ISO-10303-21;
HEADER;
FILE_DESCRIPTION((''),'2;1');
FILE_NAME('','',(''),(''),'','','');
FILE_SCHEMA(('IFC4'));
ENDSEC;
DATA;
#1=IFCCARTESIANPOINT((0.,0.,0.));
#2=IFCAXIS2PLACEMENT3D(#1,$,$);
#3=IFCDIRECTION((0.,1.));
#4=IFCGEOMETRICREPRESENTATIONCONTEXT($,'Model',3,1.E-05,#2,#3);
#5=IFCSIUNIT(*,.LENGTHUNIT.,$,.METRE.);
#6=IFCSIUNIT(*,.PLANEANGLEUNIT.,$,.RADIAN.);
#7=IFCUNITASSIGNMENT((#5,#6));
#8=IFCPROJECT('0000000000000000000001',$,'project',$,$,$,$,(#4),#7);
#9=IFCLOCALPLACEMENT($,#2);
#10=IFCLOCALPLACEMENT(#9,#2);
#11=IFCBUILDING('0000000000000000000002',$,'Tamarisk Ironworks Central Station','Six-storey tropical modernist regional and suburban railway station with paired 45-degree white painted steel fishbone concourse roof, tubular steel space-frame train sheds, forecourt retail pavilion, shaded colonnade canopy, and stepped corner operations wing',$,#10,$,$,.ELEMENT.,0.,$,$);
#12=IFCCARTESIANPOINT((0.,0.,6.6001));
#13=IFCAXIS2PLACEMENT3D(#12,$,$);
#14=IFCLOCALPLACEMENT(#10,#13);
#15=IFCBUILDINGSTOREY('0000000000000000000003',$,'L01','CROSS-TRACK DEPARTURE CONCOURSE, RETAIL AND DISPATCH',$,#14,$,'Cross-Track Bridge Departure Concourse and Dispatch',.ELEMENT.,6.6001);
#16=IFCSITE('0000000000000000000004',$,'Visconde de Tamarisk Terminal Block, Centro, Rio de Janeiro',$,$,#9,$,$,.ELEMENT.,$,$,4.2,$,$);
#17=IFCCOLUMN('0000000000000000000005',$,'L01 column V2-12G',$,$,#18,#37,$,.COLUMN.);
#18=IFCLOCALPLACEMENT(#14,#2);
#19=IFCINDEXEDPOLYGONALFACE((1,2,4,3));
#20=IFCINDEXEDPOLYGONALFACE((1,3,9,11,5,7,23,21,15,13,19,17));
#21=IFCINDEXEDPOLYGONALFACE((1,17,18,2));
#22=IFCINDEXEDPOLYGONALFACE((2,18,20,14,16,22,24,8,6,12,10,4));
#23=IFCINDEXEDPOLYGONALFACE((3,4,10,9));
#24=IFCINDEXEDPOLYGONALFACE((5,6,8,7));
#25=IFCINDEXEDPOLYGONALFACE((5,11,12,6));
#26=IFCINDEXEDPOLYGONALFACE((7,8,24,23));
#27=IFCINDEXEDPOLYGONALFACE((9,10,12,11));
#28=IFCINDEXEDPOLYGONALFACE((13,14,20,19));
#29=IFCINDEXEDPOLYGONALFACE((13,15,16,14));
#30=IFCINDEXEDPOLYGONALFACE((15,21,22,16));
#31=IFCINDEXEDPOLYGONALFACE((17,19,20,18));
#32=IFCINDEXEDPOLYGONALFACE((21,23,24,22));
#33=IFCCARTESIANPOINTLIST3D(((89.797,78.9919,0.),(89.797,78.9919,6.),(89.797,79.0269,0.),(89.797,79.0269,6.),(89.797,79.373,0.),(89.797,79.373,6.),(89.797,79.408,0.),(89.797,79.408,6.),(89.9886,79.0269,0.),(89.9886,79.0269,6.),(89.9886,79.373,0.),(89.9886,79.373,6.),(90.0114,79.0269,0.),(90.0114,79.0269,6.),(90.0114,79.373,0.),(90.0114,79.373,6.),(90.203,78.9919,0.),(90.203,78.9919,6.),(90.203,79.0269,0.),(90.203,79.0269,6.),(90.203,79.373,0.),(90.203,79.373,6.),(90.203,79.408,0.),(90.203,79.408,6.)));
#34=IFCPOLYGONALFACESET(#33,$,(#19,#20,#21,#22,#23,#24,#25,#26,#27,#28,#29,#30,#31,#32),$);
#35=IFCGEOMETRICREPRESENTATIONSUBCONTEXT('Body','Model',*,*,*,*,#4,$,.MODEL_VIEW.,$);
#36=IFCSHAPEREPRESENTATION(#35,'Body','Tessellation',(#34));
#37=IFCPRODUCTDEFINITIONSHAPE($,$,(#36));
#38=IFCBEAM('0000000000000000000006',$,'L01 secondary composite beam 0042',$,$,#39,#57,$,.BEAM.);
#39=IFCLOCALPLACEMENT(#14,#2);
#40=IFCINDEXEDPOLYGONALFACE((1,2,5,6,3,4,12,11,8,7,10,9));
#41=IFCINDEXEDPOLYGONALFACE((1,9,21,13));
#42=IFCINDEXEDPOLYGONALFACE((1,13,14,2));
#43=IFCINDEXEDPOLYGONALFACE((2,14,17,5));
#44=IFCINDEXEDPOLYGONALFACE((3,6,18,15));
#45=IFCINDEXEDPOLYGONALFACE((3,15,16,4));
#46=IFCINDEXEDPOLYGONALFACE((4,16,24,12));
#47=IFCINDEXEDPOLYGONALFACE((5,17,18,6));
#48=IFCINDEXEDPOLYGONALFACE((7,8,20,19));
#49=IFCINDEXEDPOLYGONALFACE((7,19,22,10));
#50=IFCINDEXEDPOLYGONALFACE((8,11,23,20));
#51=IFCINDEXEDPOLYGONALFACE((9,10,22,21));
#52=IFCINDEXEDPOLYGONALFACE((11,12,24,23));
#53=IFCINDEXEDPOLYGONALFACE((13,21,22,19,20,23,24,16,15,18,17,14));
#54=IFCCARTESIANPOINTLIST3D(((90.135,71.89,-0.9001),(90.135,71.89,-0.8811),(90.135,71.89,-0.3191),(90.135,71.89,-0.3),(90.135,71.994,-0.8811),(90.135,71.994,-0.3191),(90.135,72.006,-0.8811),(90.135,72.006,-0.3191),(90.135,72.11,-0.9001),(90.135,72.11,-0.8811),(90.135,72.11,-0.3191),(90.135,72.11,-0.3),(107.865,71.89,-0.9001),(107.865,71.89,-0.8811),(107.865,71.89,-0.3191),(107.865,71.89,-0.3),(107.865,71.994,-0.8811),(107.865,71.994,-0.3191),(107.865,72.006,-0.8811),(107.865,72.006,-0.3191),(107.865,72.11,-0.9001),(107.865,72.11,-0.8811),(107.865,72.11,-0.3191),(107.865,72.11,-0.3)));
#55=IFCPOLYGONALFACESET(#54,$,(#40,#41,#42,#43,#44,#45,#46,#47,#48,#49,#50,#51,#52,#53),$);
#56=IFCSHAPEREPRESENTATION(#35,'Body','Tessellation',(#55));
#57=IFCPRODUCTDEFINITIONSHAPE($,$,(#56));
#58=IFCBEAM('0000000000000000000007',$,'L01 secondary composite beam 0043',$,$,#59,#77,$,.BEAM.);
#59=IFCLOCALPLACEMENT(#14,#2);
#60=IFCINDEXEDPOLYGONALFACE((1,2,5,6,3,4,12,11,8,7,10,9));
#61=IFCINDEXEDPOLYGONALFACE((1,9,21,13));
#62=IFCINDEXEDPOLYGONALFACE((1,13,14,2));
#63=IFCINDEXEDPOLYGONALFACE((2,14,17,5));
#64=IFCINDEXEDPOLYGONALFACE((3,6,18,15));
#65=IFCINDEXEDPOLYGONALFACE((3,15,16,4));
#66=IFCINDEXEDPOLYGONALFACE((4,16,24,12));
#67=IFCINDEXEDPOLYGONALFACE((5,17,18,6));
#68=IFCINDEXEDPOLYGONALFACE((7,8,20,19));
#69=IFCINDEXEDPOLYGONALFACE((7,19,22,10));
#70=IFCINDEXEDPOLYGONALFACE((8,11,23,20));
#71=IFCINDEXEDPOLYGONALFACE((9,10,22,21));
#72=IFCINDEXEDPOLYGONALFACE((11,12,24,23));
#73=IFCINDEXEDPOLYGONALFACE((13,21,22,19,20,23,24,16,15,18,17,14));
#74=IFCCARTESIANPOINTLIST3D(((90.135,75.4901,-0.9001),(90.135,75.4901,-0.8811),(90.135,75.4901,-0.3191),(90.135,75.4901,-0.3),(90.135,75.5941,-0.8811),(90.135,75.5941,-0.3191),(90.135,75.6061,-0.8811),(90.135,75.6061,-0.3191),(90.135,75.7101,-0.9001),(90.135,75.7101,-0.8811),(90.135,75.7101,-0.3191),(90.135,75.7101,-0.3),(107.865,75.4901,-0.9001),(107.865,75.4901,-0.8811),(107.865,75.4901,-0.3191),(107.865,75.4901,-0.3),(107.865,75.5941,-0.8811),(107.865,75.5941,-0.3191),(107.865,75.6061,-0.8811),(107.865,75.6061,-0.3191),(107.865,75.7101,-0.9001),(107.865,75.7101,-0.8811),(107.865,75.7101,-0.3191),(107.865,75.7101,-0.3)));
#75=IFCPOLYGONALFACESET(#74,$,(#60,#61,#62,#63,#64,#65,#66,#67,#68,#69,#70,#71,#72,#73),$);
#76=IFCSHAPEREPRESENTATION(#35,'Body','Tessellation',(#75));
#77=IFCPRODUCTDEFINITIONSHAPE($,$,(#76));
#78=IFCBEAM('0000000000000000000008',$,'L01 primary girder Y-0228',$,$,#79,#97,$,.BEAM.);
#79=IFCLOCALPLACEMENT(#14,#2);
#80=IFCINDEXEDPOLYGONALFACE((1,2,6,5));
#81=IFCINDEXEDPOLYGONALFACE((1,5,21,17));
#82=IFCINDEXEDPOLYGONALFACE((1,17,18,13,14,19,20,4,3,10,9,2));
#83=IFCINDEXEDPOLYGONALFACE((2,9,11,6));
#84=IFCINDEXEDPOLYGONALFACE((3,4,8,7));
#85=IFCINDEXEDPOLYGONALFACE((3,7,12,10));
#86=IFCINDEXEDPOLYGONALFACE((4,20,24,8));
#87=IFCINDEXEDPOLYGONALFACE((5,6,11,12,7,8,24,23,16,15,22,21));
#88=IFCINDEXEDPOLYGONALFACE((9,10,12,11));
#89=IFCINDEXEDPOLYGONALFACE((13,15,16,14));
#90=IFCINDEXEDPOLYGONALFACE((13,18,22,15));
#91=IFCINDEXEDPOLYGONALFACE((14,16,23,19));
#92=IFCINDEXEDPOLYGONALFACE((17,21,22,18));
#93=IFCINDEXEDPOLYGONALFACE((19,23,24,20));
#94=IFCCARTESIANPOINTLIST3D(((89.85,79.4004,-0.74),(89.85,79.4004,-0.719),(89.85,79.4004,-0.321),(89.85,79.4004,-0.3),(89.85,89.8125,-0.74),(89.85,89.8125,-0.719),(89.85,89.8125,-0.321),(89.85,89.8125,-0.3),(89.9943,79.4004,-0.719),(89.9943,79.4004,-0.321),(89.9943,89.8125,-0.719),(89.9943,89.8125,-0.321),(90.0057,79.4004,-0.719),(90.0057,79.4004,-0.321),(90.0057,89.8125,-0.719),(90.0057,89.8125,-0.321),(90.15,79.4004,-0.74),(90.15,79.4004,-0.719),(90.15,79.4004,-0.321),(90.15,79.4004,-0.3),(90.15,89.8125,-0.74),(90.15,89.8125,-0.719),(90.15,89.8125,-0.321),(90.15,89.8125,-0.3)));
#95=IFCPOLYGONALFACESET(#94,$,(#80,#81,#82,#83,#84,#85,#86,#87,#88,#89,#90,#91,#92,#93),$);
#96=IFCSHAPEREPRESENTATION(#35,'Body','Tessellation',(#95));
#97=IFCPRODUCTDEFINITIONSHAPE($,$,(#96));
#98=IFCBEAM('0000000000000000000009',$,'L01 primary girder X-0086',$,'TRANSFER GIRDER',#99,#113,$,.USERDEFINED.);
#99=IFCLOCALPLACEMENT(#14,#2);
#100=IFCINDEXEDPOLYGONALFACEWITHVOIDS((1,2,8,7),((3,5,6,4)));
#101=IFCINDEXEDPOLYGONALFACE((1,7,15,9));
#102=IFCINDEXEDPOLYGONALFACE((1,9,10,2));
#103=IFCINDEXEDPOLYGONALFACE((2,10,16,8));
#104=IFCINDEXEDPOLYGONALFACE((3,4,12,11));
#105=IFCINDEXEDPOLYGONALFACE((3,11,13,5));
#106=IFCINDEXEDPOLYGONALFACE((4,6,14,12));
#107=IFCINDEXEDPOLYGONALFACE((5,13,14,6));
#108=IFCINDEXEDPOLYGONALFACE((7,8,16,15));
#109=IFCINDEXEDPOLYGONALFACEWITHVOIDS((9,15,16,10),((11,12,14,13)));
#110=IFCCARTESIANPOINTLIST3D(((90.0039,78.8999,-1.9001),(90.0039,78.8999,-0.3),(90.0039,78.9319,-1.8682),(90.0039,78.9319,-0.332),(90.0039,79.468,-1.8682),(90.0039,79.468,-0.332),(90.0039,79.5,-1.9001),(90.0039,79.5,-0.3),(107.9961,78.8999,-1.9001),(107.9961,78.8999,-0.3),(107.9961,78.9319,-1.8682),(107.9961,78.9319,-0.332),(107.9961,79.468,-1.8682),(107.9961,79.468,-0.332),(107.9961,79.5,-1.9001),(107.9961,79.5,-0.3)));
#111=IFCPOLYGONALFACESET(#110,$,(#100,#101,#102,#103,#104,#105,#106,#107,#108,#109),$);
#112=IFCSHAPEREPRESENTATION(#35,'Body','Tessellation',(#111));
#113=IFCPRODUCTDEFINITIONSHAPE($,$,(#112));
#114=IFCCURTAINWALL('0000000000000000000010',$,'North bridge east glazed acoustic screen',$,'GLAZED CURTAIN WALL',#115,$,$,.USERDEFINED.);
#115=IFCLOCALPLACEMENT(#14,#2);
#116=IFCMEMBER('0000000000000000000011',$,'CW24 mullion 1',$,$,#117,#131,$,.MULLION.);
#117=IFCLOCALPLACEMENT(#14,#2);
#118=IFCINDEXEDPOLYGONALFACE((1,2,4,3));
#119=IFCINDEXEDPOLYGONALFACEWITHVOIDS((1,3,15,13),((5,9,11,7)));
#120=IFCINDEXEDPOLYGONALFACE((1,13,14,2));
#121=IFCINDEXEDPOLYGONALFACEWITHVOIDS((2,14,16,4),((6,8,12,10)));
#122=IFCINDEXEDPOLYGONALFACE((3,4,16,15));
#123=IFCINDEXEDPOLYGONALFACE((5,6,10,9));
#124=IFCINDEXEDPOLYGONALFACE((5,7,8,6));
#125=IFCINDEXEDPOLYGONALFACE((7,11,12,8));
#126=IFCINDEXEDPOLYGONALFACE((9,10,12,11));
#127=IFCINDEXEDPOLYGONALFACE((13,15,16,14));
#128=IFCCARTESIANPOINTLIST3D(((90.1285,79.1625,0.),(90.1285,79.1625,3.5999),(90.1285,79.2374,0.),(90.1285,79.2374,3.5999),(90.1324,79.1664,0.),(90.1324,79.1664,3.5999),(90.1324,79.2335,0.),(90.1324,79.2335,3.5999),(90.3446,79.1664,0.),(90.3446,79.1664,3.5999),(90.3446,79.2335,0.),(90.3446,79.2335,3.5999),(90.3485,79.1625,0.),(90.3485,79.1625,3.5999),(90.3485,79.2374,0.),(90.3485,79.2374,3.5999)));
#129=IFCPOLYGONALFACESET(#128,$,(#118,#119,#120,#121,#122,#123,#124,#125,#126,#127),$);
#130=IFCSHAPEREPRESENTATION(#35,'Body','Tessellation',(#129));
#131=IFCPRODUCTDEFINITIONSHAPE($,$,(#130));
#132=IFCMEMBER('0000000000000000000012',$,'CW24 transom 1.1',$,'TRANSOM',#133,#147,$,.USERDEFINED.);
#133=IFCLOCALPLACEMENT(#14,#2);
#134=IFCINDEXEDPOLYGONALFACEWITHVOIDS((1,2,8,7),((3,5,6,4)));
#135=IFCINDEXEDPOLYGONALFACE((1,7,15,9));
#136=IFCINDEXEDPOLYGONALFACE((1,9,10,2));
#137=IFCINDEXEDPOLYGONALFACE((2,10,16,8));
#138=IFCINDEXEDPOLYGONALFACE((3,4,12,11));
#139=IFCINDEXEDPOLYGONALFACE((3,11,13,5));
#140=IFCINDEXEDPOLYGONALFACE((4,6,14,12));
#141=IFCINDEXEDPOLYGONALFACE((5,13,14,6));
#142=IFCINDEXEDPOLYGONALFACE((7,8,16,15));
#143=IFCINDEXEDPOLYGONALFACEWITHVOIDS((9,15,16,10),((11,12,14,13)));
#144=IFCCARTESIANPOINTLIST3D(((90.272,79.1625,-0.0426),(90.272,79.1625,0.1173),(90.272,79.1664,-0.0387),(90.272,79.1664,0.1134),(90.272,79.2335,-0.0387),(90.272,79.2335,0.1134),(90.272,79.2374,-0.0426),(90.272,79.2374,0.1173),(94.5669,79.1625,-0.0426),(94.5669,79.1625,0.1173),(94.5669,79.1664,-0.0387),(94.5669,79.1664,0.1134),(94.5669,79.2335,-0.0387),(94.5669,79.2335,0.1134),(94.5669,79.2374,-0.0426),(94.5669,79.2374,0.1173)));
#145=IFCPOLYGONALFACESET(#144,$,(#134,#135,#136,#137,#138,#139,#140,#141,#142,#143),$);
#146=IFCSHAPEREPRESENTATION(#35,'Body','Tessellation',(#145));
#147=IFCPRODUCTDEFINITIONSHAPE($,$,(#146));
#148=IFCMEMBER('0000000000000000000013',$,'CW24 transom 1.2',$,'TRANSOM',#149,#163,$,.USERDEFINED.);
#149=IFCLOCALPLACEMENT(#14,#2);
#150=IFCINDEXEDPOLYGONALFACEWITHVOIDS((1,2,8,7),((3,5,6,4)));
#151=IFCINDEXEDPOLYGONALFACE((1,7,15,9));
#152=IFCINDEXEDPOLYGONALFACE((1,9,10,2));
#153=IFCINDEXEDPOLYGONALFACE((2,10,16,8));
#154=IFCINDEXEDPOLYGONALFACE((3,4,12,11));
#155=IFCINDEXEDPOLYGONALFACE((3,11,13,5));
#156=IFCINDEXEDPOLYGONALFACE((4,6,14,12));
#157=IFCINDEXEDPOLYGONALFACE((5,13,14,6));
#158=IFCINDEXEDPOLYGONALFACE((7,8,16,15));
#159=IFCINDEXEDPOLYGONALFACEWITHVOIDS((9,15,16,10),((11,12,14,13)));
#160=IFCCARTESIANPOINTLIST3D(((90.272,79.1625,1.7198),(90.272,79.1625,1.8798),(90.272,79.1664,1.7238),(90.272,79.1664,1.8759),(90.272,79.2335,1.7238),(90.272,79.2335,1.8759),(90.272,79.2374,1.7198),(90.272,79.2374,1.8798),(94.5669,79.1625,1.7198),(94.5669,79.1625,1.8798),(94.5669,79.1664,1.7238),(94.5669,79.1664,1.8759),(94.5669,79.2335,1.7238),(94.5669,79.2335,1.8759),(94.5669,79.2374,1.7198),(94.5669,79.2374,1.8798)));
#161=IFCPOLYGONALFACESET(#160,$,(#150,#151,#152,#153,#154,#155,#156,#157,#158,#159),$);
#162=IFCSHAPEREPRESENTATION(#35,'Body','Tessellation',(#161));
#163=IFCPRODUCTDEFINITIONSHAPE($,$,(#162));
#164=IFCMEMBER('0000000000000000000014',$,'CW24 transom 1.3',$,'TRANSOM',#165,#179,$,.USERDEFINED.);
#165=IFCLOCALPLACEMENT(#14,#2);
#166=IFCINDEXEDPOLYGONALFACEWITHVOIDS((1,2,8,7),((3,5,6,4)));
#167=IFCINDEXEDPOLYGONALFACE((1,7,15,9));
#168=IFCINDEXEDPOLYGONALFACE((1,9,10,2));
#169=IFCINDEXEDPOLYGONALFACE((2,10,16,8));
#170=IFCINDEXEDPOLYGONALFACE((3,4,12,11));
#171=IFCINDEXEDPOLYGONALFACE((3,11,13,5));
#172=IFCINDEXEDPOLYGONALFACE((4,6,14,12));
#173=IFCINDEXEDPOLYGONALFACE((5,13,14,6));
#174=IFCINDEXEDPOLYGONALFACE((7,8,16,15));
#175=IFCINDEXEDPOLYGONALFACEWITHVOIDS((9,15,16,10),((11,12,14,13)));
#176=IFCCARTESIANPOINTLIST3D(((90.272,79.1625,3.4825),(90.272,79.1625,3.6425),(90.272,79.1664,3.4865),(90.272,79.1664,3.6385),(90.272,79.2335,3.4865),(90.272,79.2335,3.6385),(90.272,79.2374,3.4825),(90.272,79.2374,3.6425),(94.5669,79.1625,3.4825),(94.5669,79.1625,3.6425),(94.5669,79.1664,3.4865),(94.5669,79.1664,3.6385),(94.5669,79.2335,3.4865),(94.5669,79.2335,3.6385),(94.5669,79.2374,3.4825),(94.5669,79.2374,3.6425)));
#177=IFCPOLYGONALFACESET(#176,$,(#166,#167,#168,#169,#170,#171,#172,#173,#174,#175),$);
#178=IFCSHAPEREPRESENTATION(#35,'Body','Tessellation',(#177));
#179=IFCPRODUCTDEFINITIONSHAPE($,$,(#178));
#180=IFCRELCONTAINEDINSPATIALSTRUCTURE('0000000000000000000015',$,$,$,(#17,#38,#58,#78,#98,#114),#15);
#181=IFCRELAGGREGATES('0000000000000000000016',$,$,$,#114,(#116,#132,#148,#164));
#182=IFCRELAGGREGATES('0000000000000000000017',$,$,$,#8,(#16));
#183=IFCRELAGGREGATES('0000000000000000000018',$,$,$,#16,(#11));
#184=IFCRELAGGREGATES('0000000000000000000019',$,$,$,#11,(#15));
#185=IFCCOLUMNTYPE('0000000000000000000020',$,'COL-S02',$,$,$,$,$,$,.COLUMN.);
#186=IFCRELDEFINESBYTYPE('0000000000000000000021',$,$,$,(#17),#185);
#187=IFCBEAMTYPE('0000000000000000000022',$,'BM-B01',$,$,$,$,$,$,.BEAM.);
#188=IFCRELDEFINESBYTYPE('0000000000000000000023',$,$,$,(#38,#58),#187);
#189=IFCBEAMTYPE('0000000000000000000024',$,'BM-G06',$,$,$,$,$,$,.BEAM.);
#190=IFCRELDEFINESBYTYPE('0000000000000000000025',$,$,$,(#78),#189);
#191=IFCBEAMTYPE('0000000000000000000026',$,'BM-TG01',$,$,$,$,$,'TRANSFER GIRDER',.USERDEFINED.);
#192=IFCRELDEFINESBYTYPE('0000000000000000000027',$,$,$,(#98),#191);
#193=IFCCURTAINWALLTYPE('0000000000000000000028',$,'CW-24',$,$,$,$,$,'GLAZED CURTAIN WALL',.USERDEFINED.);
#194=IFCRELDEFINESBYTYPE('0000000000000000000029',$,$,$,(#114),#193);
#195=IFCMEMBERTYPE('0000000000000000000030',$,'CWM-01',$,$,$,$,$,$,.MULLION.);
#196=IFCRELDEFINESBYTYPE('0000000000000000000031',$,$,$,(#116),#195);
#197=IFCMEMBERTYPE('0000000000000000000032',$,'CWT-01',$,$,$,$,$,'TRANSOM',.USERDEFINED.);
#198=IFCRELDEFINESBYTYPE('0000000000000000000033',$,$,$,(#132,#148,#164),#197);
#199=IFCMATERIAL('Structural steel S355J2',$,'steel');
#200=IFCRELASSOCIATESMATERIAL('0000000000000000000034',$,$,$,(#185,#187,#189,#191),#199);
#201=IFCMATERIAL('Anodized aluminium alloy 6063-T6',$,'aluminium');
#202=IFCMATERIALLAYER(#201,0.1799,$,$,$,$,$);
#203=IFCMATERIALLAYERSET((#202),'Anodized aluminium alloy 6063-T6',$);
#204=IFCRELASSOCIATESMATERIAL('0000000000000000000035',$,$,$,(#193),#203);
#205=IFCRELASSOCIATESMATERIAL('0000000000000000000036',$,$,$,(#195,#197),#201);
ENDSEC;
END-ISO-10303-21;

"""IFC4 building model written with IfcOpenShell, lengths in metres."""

from ifc_helpers import new_model, si_unit, direction, frame, origin, origin_2d, place, context, subcontext, project, spatial, hollow_rectangle, i_section, extrude, material, layer, layer_set, material_profile, profile_set, type_object, element, aggregate, save


model = new_model("IFC4")

# Units and contexts
model_context = context("Model", 3, precision=1e-05, world=origin(), true_north=direction((0.0, 1.0)))
body_context = subcontext(model_context, "Body", "Model", "MODEL_VIEW")
ifc_project = project(units=[si_unit("LENGTHUNIT", "METRE"), si_unit("PLANEANGLEUNIT", "RADIAN")], contexts=[model_context])

# Site, building, storey
site_placement = place(None, origin())
site = spatial("IfcSite", under=ifc_project, at=site_placement, Name="Visconde de Tamarisk Terminal Block, Centro, Rio de Janeiro", CompositionType="ELEMENT", RefElevation=4.2)
building_placement = place(site_placement, origin())
building = spatial("IfcBuilding", under=site, at=building_placement, Name="Tamarisk Ironworks Central Station", Description="Six-storey tropical modernist regional and suburban railway station with paired 45-degree white painted steel fishbone concourse roof, tubular steel space-frame train sheds, forecourt retail pavilion, shaded colonnade canopy, and stepped corner operations wing", CompositionType="ELEMENT", ElevationOfRefHeight=0.0)
storey_placement = place(building_placement, frame((0.0, 0.0, 6.6001)))
storey = spatial("IfcBuildingStorey", under=building, at=storey_placement, Name="L01", Description="CROSS-TRACK DEPARTURE CONCOURSE, RETAIL AND DISPATCH", LongName="Cross-Track Bridge Departure Concourse and Dispatch", CompositionType="ELEMENT", Elevation=6.6001)

# Column
ifc_material_1 = material(Name="Structural steel S355J2", Category="steel")
ifc_material_profile_1 = material_profile(ifc_material_1, i_section(OverallWidth=0.406, OverallDepth=0.416, WebThickness=0.0227, FlangeThickness=0.0349, at=origin_2d()), Name="HD 400x382")
ifc_profile_set_1 = profile_set([ifc_material_profile_1], Name="Structural steel S355J2")
column_type = type_object("IfcColumnType", Name="COL-S02", PredefinedType="COLUMN", material=ifc_profile_set_1)
column_placement = place(storey_placement, frame((90.0, 79.2, 0.0), z_axis=(0.0, 0.0, 1.0), x_axis=(1.0, 0.0, 0.0)))
element("IfcColumn", 1, at=column_placement, inside=storey, type_object=column_type, Name="L01 column V2-12G", PredefinedType="COLUMN", context=body_context, shape_type="SweptSolid", body=[
    extrude(i_section(OverallWidth=0.406, OverallDepth=0.416, WebThickness=0.0227, FlangeThickness=0.0349, at=origin_2d()), origin(), (0.0, 0.0, 1.0), 6.0),
])

# Beams
ifc_material_profile_2 = material_profile(ifc_material_1, i_section(OverallWidth=0.22, OverallDepth=0.6001, WebThickness=0.012, FlangeThickness=0.019, at=origin_2d()), Name="IPE 600")
ifc_profile_set_2 = profile_set([ifc_material_profile_2], Name="Structural steel S355J2")
beam_type_1 = type_object("IfcBeamType", Name="BM-B01", PredefinedType="BEAM", material=ifc_profile_set_2)
for number, where, z_axis, x_axis, name in (
    (2, (90.135, 72.0, -0.6001), (1.0, 0.0, 0.0), (0.0, 1.0, 0.0), "L01 secondary composite beam 0042"),
    (3, (90.135, 75.6001, -0.6001), (1.0, 0.0, 0.0), (0.0, 1.0, 0.0), "L01 secondary composite beam 0043"),
):
    element("IfcBeam", number, at=place(storey_placement, frame(where, z_axis=z_axis, x_axis=x_axis)), inside=storey, type_object=beam_type_1, Name=name, PredefinedType="BEAM", context=body_context, shape_type="SweptSolid", body=[
        extrude(i_section(OverallWidth=0.22, OverallDepth=0.6001, WebThickness=0.012, FlangeThickness=0.019, at=origin_2d()), origin(), (0.0, 0.0, 1.0), 17.73),
    ])
ifc_material_profile_3 = material_profile(ifc_material_1, i_section(OverallWidth=0.3, OverallDepth=0.4399, WebThickness=0.0115, FlangeThickness=0.021, at=origin_2d()), Name="HEA 450")
ifc_profile_set_3 = profile_set([ifc_material_profile_3], Name="Structural steel S355J2")
beam_type_2 = type_object("IfcBeamType", Name="BM-G06", PredefinedType="BEAM", material=ifc_profile_set_3)
beam_1_placement = place(storey_placement, frame((90.0, 79.4004, -0.52), z_axis=(0.0, 1.0, 0.0), x_axis=(-1.0, 0.0, 0.0)))
element("IfcBeam", 4, at=beam_1_placement, inside=storey, type_object=beam_type_2, Name="L01 primary girder Y-0228", PredefinedType="BEAM", context=body_context, shape_type="SweptSolid", body=[
    extrude(i_section(OverallWidth=0.3, OverallDepth=0.4399, WebThickness=0.0115, FlangeThickness=0.021, at=origin_2d()), origin(), (0.0, 0.0, 1.0), 10.4121),
])
ifc_material_profile_4 = material_profile(ifc_material_1, hollow_rectangle(XDim=0.6001, YDim=1.6001, WallThickness=0.032, at=origin_2d()), Name="BOX 600x1600x32")
ifc_profile_set_4 = profile_set([ifc_material_profile_4], Name="Structural steel S355J2")
beam_type_3 = type_object("IfcBeamType", Name="BM-TG01", ElementType="TRANSFER GIRDER", PredefinedType="USERDEFINED", material=ifc_profile_set_4)
beam_2_placement = place(storey_placement, frame((90.0039, 79.2, -1.1001), z_axis=(1.0, 0.0, 0.0), x_axis=(0.0, 1.0, 0.0)))
element("IfcBeam", 5, at=beam_2_placement, inside=storey, type_object=beam_type_3, Name="L01 primary girder X-0086", ObjectType="TRANSFER GIRDER", PredefinedType="USERDEFINED", context=body_context, shape_type="SweptSolid", body=[
    extrude(hollow_rectangle(XDim=0.6001, YDim=1.6001, WallThickness=0.032, at=origin_2d()), origin(), (0.0, 0.0, 1.0), 17.9922),
])

# Curtain wall, members
ifc_material_2 = material(Name="Anodized aluminium alloy 6063-T6", Category="aluminium")
ifc_layer_1 = layer(ifc_material_2, 0.1799)
ifc_layer_set_1 = layer_set([ifc_layer_1], Name="Anodized aluminium alloy 6063-T6")
curtain_wall_type = type_object("IfcCurtainWallType", Name="CW-24", ElementType="GLAZED CURTAIN WALL", PredefinedType="USERDEFINED", material=ifc_layer_set_1)
curtain_wall_placement = place(storey_placement, origin())
curtain_wall = element("IfcCurtainWall", 6, at=curtain_wall_placement, inside=storey, type_object=curtain_wall_type, Name="North bridge east glazed acoustic screen", ObjectType="GLAZED CURTAIN WALL", PredefinedType="USERDEFINED")
ifc_material_profile_5 = material_profile(ifc_material_2, hollow_rectangle(XDim=0.075, YDim=0.22, WallThickness=0.0039, at=origin_2d()), Name="ALUM 220x75")
ifc_profile_set_5 = profile_set([ifc_material_profile_5], Name="Anodized aluminium alloy 6063-T6")
member_type_1 = type_object("IfcMemberType", Name="CWM-01", PredefinedType="MULLION", material=ifc_profile_set_5)
member_1_placement = place(storey_placement, frame((90.2385, 79.2, 0.0), z_axis=(0.0, 0.0, 1.0), x_axis=(0.0, 1.0, 0.0)))
member_1 = element("IfcMember", 7, at=member_1_placement, type_object=member_type_1, Name="CW24 mullion 1", PredefinedType="MULLION", context=body_context, shape_type="SweptSolid", body=[
    extrude(hollow_rectangle(XDim=0.075, YDim=0.22, WallThickness=0.0039, at=origin_2d()), origin(), (0.0, 0.0, 1.0), 3.5999),
])
ifc_material_profile_6 = material_profile(ifc_material_2, hollow_rectangle(XDim=0.075, YDim=0.1599, WallThickness=0.0039, at=origin_2d()), Name="ALUM 160x75")
ifc_profile_set_6 = profile_set([ifc_material_profile_6], Name="Anodized aluminium alloy 6063-T6")
member_type_2 = type_object("IfcMemberType", Name="CWT-01", ElementType="TRANSOM", PredefinedType="USERDEFINED", material=ifc_profile_set_6)
member_2_placement = place(storey_placement, frame((90.272, 79.2, 0.0374), z_axis=(1.0, 0.0, 0.0), x_axis=(0.0, 1.0, 0.0)))
member_2 = element("IfcMember", 8, at=member_2_placement, type_object=member_type_2, Name="CW24 transom 1.1", ObjectType="TRANSOM", PredefinedType="USERDEFINED", context=body_context, shape_type="SweptSolid", body=[
    extrude(hollow_rectangle(XDim=0.075, YDim=0.1599, WallThickness=0.0039, at=origin_2d()), origin(), (0.0, 0.0, 1.0), 4.2949),
])
member_3_placement = place(storey_placement, frame((90.272, 79.2, 1.7998), z_axis=(1.0, 0.0, 0.0), x_axis=(0.0, 1.0, 0.0)))
member_3 = element("IfcMember", 9, at=member_3_placement, type_object=member_type_2, Name="CW24 transom 1.2", ObjectType="TRANSOM", PredefinedType="USERDEFINED", context=body_context, shape_type="SweptSolid", body=[
    extrude(hollow_rectangle(XDim=0.075, YDim=0.1599, WallThickness=0.0039, at=origin_2d()), origin(), (0.0, 0.0, 1.0), 4.2949),
])
member_4_placement = place(storey_placement, frame((90.272, 79.2, 3.5625), z_axis=(1.0, 0.0, 0.0), x_axis=(0.0, 1.0, 0.0)))
member_4 = element("IfcMember", 10, at=member_4_placement, type_object=member_type_2, Name="CW24 transom 1.3", ObjectType="TRANSOM", PredefinedType="USERDEFINED", context=body_context, shape_type="SweptSolid", body=[
    extrude(hollow_rectangle(XDim=0.075, YDim=0.1599, WallThickness=0.0039, at=origin_2d()), origin(), (0.0, 0.0, 1.0), 4.2949),
])
aggregate(curtain_wall, [member_1, member_2, member_3, member_4])

save(model, "model.ifc")
